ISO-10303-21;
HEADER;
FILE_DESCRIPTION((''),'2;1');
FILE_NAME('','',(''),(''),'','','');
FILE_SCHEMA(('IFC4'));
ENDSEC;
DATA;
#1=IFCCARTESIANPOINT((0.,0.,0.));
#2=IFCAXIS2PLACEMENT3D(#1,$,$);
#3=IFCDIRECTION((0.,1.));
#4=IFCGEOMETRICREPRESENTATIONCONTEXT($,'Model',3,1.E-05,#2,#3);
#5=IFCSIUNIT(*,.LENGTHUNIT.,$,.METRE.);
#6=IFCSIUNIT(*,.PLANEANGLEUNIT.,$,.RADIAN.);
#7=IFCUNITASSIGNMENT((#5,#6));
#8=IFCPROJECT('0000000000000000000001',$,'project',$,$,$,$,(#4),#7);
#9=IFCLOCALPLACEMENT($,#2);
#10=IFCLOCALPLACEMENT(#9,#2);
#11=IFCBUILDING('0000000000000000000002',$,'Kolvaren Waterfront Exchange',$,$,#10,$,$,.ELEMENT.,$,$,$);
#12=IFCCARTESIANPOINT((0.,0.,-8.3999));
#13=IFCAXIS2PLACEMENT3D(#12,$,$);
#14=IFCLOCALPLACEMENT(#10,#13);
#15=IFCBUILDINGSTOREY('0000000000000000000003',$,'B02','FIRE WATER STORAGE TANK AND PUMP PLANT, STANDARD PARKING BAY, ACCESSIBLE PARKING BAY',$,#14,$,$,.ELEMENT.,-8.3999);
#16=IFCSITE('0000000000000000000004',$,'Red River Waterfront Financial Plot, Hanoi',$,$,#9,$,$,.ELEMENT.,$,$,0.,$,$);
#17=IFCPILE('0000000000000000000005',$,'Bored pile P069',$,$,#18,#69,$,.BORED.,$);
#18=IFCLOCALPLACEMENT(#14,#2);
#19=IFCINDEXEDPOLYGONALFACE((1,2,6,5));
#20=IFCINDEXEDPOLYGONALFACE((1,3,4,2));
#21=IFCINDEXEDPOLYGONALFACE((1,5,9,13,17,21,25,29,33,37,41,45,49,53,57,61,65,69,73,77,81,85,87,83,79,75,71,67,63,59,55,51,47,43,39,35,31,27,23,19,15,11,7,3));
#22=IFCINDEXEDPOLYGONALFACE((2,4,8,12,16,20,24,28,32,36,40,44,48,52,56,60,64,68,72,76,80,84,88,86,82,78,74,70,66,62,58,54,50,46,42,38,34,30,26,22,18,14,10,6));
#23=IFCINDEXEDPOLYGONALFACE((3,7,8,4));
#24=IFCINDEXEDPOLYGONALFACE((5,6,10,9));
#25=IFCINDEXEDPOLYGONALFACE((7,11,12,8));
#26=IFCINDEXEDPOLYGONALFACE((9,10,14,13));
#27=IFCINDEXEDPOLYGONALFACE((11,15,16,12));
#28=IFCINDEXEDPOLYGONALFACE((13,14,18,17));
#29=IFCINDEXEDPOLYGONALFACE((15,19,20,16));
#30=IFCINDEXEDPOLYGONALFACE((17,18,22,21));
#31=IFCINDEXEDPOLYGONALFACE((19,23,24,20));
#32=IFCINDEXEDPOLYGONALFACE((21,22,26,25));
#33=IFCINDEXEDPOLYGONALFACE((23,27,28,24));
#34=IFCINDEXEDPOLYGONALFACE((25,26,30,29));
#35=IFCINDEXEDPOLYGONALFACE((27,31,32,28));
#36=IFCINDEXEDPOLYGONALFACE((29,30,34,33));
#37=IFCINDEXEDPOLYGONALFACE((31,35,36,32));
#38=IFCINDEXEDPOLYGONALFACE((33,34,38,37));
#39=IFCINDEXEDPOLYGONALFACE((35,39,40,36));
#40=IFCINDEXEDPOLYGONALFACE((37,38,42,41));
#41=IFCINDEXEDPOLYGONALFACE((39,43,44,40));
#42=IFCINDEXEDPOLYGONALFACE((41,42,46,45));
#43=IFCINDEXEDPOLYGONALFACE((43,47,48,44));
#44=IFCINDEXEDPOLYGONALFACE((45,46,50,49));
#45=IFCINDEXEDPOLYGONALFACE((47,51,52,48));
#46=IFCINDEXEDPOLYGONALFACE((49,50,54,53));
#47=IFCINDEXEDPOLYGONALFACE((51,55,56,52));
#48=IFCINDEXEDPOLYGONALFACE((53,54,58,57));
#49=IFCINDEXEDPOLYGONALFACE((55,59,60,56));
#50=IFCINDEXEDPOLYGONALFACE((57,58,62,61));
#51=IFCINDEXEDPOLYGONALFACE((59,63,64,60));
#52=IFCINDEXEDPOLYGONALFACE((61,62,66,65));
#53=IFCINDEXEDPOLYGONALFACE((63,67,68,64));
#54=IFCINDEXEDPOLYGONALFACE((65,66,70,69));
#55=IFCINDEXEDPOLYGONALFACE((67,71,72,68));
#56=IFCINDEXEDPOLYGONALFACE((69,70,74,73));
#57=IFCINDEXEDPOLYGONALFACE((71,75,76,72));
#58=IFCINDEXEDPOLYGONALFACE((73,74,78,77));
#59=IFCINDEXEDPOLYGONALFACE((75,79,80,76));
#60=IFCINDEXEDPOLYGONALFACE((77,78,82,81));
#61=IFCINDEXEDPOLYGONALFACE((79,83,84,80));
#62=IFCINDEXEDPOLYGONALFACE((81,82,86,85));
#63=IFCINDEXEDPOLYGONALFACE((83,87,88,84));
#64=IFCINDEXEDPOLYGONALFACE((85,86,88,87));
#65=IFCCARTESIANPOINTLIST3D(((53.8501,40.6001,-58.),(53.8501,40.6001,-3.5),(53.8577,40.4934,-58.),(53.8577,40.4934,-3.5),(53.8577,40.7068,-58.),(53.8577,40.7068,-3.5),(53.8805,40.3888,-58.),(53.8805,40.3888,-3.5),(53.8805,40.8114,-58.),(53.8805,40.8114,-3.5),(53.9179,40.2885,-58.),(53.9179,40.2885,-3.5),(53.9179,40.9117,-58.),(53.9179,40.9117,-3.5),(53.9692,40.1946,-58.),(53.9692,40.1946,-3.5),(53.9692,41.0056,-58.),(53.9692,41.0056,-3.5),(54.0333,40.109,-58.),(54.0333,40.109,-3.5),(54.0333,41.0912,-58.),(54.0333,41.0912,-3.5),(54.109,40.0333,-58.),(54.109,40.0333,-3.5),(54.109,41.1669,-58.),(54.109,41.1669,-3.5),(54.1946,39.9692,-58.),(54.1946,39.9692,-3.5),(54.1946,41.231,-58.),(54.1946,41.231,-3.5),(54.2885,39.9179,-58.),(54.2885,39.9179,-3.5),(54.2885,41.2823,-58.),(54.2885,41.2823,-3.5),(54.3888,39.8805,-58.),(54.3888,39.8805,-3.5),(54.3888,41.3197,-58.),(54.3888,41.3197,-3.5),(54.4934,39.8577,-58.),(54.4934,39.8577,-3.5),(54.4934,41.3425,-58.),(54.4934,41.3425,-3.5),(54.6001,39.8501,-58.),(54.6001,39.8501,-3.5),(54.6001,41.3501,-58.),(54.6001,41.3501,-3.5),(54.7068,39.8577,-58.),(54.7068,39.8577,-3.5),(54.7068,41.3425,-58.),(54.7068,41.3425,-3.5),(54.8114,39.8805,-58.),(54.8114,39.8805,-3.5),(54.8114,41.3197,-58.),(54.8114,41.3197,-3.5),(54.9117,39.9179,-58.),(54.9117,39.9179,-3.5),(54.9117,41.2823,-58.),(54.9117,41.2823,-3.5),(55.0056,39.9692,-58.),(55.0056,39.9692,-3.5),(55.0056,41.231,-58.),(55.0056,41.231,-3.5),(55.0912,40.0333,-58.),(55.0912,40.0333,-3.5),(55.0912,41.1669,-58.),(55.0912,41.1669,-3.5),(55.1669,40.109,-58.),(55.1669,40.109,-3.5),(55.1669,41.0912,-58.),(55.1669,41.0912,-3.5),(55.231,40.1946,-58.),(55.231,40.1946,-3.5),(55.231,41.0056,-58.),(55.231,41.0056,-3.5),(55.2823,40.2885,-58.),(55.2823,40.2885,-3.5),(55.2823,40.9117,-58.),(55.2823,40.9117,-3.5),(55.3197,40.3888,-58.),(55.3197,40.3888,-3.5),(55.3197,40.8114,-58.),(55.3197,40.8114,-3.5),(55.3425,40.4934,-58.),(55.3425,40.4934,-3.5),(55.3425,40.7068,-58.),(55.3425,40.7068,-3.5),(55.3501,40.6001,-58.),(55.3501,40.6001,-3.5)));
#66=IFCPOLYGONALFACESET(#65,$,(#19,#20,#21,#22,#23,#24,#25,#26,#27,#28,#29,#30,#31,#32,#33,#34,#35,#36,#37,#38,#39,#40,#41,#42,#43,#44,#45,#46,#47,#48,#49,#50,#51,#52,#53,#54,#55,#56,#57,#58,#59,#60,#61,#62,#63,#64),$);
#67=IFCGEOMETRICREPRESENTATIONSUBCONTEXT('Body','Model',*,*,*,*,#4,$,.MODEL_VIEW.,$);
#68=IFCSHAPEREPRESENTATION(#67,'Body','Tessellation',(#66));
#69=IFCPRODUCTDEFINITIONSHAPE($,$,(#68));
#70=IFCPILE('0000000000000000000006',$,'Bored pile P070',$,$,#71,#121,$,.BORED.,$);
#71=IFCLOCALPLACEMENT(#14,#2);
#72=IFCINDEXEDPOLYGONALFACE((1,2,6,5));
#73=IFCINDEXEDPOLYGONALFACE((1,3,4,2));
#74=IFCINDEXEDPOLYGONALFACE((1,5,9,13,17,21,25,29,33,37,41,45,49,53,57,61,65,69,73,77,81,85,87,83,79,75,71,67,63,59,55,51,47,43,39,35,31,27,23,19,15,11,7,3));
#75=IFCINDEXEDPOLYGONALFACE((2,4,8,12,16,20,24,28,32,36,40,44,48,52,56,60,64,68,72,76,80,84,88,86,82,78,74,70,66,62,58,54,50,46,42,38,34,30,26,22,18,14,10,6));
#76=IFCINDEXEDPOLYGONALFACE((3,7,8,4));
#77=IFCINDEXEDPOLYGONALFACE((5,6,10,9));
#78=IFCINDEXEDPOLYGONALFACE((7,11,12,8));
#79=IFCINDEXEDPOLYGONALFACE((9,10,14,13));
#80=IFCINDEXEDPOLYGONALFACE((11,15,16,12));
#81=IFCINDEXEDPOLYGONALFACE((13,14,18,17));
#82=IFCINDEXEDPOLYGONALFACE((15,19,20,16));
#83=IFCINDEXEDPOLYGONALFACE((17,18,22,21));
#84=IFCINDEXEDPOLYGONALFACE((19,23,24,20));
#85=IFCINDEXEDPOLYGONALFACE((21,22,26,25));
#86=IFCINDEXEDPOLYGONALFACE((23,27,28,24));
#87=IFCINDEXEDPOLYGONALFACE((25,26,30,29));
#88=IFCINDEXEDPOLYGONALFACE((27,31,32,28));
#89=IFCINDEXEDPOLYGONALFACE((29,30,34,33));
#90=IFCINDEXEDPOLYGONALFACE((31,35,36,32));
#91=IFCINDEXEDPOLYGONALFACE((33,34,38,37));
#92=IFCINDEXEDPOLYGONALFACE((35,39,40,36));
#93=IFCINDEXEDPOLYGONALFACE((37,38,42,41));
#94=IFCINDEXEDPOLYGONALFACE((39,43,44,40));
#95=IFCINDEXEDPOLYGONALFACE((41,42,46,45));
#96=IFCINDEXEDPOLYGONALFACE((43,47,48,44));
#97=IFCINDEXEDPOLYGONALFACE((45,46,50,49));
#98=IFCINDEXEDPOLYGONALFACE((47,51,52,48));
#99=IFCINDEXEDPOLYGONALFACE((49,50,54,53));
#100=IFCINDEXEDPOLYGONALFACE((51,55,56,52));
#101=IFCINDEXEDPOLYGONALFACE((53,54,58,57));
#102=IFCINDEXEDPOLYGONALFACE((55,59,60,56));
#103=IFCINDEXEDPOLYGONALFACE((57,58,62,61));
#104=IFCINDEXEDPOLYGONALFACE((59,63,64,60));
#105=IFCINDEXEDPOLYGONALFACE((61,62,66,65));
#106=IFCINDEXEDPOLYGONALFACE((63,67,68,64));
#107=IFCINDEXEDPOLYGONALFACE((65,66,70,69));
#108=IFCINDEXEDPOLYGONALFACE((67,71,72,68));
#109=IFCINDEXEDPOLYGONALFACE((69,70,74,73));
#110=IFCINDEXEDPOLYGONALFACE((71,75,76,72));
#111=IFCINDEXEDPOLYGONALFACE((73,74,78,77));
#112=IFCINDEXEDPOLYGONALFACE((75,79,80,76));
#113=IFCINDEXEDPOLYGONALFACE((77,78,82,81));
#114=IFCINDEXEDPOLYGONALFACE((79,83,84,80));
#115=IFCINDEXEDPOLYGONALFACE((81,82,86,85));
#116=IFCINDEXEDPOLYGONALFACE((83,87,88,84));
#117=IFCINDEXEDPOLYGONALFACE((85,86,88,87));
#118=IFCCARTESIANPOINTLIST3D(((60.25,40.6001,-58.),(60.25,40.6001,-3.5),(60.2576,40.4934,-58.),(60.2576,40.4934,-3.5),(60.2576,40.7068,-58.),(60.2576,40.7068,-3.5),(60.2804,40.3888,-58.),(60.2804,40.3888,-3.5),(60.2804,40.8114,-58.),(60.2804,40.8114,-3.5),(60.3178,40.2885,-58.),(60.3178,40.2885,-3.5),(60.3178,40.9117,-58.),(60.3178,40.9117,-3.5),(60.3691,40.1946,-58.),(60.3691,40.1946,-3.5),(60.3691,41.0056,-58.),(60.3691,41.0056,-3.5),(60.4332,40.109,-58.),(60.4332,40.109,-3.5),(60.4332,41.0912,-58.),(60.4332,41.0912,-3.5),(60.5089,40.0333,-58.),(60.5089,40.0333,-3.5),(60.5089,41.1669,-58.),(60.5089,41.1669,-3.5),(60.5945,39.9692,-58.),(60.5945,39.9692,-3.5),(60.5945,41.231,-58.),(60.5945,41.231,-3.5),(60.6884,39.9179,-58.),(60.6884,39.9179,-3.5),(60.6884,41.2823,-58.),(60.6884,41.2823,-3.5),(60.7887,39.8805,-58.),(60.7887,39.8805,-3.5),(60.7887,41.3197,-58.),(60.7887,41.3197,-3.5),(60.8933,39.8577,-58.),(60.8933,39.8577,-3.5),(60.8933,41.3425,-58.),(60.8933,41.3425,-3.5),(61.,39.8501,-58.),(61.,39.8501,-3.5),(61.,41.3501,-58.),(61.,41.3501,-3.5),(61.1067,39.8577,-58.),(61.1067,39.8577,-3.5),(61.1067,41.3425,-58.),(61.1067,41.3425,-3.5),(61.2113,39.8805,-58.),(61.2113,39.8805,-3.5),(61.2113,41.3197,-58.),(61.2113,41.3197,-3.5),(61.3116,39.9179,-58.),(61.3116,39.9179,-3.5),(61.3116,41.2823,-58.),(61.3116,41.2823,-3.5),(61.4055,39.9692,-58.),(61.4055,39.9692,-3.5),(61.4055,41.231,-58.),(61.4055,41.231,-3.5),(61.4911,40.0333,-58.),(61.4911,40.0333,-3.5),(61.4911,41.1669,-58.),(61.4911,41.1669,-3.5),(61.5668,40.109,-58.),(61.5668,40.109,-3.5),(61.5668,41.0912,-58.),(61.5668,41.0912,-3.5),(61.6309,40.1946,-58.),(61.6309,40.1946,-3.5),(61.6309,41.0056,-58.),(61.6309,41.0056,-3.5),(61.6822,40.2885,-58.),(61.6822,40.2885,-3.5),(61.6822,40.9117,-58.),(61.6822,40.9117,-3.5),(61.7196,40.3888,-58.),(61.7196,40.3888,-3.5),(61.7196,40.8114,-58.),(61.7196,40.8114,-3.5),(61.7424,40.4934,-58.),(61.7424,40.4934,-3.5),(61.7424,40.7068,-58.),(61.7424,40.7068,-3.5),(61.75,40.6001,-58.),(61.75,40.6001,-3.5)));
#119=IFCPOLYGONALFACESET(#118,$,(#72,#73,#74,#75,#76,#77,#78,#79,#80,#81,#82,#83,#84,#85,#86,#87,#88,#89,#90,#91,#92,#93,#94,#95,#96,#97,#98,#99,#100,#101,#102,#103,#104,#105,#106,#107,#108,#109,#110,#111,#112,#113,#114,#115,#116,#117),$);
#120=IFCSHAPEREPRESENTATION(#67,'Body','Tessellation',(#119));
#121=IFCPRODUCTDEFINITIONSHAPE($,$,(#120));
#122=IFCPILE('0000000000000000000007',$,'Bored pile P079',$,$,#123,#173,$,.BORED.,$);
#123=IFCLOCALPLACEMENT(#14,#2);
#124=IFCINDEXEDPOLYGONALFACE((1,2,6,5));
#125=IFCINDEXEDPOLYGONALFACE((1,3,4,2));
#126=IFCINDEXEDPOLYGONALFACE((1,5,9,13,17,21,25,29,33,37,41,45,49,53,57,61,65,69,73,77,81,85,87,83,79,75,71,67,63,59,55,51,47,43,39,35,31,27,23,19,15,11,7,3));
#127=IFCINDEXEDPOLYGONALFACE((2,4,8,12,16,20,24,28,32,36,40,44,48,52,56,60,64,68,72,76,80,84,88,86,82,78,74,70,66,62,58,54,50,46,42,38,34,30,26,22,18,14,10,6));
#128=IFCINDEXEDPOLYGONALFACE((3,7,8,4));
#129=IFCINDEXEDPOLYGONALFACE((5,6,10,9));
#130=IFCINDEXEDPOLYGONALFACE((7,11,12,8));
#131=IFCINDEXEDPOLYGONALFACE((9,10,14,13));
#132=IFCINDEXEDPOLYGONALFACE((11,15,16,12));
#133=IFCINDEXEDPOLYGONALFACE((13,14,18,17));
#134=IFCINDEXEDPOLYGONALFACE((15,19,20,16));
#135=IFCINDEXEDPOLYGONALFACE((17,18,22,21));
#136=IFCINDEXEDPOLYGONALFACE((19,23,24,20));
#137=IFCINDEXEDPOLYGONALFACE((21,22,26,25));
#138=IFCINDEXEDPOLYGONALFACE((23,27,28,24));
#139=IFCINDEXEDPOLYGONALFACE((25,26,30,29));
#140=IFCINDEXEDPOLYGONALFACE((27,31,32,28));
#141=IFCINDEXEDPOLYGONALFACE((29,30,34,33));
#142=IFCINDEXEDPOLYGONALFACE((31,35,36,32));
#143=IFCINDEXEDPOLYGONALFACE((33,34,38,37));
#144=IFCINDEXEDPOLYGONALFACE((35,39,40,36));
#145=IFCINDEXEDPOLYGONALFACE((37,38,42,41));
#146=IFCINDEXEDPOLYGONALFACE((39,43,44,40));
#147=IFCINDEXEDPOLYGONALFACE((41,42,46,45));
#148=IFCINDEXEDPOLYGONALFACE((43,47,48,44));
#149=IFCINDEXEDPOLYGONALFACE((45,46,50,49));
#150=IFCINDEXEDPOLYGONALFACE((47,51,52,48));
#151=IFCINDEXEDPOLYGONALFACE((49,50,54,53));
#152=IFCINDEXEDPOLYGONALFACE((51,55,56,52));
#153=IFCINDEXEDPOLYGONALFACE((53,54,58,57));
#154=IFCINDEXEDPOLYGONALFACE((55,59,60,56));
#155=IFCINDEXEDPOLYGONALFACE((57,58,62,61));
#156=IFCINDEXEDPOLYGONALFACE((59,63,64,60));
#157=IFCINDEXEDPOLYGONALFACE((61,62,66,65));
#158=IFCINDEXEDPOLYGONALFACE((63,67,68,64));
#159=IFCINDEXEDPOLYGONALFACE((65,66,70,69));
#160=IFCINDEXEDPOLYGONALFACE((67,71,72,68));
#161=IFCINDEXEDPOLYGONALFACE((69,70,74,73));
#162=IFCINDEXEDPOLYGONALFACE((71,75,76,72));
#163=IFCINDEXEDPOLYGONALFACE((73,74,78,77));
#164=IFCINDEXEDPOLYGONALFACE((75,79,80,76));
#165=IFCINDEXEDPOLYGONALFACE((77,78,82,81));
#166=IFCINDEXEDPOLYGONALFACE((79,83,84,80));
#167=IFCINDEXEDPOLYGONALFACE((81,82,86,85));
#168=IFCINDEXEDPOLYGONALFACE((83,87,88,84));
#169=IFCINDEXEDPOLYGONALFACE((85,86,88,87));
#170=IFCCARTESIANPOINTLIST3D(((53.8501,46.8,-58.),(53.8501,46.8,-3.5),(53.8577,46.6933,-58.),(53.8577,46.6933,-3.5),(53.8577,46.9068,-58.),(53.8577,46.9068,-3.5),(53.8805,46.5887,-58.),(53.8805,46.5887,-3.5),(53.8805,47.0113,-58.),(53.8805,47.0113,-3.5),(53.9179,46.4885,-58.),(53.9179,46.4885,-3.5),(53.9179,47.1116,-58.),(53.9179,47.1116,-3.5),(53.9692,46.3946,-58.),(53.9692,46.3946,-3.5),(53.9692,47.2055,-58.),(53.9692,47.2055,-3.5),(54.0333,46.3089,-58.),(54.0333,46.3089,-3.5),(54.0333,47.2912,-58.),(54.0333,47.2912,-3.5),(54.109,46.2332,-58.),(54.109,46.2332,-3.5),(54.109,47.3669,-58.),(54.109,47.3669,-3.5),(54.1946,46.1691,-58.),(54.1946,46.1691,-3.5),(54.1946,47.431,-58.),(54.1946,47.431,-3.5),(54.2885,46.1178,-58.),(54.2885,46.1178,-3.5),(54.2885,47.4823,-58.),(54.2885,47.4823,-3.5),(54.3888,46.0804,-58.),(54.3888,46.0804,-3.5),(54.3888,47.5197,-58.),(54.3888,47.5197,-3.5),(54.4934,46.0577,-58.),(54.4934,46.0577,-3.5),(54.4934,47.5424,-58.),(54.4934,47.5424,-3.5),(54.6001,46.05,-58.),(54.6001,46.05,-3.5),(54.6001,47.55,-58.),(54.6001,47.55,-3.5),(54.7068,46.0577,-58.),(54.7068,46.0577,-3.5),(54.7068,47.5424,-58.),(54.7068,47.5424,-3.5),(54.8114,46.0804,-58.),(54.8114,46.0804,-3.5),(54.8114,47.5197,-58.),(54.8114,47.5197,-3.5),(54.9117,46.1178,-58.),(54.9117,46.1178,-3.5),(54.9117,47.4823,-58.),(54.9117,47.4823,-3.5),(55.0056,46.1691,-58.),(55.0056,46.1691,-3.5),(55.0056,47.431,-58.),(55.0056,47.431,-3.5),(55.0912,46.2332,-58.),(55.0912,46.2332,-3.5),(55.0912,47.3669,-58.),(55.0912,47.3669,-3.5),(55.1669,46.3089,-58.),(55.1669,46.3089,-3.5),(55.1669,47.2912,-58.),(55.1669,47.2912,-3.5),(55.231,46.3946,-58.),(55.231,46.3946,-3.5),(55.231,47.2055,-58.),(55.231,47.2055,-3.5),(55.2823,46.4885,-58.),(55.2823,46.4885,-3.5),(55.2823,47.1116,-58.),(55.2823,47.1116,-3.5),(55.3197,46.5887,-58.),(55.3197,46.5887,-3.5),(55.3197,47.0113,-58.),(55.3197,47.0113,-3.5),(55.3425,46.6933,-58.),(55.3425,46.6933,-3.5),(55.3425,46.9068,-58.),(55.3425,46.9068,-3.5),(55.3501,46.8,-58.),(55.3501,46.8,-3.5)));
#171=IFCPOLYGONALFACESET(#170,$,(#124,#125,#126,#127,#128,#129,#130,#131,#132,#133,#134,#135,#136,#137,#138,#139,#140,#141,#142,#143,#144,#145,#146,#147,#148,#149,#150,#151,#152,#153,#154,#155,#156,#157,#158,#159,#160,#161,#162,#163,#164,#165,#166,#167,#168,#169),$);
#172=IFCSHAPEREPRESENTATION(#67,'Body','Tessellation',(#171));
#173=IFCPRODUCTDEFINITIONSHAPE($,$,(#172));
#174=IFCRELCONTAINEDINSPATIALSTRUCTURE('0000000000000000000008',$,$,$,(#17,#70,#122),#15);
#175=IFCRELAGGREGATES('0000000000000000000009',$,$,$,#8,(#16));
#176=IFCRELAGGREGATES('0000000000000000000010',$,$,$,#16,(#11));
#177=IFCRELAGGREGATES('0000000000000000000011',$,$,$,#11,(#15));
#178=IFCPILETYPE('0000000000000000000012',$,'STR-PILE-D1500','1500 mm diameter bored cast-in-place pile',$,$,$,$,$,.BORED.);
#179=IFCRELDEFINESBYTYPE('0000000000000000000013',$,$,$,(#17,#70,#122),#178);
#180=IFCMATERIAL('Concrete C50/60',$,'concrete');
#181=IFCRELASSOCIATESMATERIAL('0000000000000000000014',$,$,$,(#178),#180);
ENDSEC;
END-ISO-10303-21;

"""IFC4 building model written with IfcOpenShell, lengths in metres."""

from ifc_helpers import new_model, si_unit, direction, frame, origin, origin_2d, place, context, subcontext, project, spatial, circle, extrude, material, material_profile, profile_set, type_object, element, save


model = new_model("IFC4")

# Units and contexts
model_context = context("Model", 3, precision=1e-05, world=origin(), true_north=direction((0.0, 1.0)))
body_context = subcontext(model_context, "Body", "Model", "MODEL_VIEW")
ifc_project = project(units=[si_unit("LENGTHUNIT", "METRE"), si_unit("PLANEANGLEUNIT", "RADIAN")], contexts=[model_context])

# Site, building, storey
site_placement = place(None, origin())
site = spatial("IfcSite", under=ifc_project, at=site_placement, Name="Red River Waterfront Financial Plot, Hanoi", CompositionType="ELEMENT", RefElevation=0.0)
building_placement = place(site_placement, origin())
building = spatial("IfcBuilding", under=site, at=building_placement, Name="Kolvaren Waterfront Exchange", CompositionType="ELEMENT")
storey_placement = place(building_placement, frame((0.0, 0.0, -8.3999)))
storey = spatial("IfcBuildingStorey", under=building, at=storey_placement, Name="B02", Description="FIRE WATER STORAGE TANK AND PUMP PLANT, STANDARD PARKING BAY, ACCESSIBLE PARKING BAY", CompositionType="ELEMENT", Elevation=-8.3999)

# Piles
ifc_material_1 = material(Name="Concrete C50/60", Category="concrete")
ifc_material_profile_1 = material_profile(ifc_material_1, circle(Radius=0.75, at=origin_2d()), Name="RC-PILE-D1500")
ifc_profile_set_1 = profile_set([ifc_material_profile_1], Name="Concrete C50/60")
pile_type_1 = type_object("IfcPileType", Name="STR-PILE-D1500", Description="1500 mm diameter bored cast-in-place pile", PredefinedType="BORED", material=ifc_profile_set_1)
for number, where, z_axis, x_axis, name in (
    (1, (54.6001, 40.6001, -3.5), (0.0, 0.0, -1.0), (1.0, 0.0, 0.0), "Bored pile P069"),
    (2, (61.0, 40.6001, -3.5), (0.0, 0.0, -1.0), (1.0, 0.0, 0.0), "Bored pile P070"),
    (3, (54.6001, 46.8, -3.5), (0.0, 0.0, -1.0), (1.0, 0.0, 0.0), "Bored pile P079"),
):
    element("IfcPile", number, at=place(storey_placement, frame(where, z_axis=z_axis, x_axis=x_axis)), inside=storey, type_object=pile_type_1, Name=name, PredefinedType="BORED", context=body_context, shape_type="SweptSolid", body=[
        extrude(circle(Radius=0.75, at=origin_2d()), origin(), (0.0, 0.0, 1.0), 54.5),
    ])

save(model, "model.ifc")
